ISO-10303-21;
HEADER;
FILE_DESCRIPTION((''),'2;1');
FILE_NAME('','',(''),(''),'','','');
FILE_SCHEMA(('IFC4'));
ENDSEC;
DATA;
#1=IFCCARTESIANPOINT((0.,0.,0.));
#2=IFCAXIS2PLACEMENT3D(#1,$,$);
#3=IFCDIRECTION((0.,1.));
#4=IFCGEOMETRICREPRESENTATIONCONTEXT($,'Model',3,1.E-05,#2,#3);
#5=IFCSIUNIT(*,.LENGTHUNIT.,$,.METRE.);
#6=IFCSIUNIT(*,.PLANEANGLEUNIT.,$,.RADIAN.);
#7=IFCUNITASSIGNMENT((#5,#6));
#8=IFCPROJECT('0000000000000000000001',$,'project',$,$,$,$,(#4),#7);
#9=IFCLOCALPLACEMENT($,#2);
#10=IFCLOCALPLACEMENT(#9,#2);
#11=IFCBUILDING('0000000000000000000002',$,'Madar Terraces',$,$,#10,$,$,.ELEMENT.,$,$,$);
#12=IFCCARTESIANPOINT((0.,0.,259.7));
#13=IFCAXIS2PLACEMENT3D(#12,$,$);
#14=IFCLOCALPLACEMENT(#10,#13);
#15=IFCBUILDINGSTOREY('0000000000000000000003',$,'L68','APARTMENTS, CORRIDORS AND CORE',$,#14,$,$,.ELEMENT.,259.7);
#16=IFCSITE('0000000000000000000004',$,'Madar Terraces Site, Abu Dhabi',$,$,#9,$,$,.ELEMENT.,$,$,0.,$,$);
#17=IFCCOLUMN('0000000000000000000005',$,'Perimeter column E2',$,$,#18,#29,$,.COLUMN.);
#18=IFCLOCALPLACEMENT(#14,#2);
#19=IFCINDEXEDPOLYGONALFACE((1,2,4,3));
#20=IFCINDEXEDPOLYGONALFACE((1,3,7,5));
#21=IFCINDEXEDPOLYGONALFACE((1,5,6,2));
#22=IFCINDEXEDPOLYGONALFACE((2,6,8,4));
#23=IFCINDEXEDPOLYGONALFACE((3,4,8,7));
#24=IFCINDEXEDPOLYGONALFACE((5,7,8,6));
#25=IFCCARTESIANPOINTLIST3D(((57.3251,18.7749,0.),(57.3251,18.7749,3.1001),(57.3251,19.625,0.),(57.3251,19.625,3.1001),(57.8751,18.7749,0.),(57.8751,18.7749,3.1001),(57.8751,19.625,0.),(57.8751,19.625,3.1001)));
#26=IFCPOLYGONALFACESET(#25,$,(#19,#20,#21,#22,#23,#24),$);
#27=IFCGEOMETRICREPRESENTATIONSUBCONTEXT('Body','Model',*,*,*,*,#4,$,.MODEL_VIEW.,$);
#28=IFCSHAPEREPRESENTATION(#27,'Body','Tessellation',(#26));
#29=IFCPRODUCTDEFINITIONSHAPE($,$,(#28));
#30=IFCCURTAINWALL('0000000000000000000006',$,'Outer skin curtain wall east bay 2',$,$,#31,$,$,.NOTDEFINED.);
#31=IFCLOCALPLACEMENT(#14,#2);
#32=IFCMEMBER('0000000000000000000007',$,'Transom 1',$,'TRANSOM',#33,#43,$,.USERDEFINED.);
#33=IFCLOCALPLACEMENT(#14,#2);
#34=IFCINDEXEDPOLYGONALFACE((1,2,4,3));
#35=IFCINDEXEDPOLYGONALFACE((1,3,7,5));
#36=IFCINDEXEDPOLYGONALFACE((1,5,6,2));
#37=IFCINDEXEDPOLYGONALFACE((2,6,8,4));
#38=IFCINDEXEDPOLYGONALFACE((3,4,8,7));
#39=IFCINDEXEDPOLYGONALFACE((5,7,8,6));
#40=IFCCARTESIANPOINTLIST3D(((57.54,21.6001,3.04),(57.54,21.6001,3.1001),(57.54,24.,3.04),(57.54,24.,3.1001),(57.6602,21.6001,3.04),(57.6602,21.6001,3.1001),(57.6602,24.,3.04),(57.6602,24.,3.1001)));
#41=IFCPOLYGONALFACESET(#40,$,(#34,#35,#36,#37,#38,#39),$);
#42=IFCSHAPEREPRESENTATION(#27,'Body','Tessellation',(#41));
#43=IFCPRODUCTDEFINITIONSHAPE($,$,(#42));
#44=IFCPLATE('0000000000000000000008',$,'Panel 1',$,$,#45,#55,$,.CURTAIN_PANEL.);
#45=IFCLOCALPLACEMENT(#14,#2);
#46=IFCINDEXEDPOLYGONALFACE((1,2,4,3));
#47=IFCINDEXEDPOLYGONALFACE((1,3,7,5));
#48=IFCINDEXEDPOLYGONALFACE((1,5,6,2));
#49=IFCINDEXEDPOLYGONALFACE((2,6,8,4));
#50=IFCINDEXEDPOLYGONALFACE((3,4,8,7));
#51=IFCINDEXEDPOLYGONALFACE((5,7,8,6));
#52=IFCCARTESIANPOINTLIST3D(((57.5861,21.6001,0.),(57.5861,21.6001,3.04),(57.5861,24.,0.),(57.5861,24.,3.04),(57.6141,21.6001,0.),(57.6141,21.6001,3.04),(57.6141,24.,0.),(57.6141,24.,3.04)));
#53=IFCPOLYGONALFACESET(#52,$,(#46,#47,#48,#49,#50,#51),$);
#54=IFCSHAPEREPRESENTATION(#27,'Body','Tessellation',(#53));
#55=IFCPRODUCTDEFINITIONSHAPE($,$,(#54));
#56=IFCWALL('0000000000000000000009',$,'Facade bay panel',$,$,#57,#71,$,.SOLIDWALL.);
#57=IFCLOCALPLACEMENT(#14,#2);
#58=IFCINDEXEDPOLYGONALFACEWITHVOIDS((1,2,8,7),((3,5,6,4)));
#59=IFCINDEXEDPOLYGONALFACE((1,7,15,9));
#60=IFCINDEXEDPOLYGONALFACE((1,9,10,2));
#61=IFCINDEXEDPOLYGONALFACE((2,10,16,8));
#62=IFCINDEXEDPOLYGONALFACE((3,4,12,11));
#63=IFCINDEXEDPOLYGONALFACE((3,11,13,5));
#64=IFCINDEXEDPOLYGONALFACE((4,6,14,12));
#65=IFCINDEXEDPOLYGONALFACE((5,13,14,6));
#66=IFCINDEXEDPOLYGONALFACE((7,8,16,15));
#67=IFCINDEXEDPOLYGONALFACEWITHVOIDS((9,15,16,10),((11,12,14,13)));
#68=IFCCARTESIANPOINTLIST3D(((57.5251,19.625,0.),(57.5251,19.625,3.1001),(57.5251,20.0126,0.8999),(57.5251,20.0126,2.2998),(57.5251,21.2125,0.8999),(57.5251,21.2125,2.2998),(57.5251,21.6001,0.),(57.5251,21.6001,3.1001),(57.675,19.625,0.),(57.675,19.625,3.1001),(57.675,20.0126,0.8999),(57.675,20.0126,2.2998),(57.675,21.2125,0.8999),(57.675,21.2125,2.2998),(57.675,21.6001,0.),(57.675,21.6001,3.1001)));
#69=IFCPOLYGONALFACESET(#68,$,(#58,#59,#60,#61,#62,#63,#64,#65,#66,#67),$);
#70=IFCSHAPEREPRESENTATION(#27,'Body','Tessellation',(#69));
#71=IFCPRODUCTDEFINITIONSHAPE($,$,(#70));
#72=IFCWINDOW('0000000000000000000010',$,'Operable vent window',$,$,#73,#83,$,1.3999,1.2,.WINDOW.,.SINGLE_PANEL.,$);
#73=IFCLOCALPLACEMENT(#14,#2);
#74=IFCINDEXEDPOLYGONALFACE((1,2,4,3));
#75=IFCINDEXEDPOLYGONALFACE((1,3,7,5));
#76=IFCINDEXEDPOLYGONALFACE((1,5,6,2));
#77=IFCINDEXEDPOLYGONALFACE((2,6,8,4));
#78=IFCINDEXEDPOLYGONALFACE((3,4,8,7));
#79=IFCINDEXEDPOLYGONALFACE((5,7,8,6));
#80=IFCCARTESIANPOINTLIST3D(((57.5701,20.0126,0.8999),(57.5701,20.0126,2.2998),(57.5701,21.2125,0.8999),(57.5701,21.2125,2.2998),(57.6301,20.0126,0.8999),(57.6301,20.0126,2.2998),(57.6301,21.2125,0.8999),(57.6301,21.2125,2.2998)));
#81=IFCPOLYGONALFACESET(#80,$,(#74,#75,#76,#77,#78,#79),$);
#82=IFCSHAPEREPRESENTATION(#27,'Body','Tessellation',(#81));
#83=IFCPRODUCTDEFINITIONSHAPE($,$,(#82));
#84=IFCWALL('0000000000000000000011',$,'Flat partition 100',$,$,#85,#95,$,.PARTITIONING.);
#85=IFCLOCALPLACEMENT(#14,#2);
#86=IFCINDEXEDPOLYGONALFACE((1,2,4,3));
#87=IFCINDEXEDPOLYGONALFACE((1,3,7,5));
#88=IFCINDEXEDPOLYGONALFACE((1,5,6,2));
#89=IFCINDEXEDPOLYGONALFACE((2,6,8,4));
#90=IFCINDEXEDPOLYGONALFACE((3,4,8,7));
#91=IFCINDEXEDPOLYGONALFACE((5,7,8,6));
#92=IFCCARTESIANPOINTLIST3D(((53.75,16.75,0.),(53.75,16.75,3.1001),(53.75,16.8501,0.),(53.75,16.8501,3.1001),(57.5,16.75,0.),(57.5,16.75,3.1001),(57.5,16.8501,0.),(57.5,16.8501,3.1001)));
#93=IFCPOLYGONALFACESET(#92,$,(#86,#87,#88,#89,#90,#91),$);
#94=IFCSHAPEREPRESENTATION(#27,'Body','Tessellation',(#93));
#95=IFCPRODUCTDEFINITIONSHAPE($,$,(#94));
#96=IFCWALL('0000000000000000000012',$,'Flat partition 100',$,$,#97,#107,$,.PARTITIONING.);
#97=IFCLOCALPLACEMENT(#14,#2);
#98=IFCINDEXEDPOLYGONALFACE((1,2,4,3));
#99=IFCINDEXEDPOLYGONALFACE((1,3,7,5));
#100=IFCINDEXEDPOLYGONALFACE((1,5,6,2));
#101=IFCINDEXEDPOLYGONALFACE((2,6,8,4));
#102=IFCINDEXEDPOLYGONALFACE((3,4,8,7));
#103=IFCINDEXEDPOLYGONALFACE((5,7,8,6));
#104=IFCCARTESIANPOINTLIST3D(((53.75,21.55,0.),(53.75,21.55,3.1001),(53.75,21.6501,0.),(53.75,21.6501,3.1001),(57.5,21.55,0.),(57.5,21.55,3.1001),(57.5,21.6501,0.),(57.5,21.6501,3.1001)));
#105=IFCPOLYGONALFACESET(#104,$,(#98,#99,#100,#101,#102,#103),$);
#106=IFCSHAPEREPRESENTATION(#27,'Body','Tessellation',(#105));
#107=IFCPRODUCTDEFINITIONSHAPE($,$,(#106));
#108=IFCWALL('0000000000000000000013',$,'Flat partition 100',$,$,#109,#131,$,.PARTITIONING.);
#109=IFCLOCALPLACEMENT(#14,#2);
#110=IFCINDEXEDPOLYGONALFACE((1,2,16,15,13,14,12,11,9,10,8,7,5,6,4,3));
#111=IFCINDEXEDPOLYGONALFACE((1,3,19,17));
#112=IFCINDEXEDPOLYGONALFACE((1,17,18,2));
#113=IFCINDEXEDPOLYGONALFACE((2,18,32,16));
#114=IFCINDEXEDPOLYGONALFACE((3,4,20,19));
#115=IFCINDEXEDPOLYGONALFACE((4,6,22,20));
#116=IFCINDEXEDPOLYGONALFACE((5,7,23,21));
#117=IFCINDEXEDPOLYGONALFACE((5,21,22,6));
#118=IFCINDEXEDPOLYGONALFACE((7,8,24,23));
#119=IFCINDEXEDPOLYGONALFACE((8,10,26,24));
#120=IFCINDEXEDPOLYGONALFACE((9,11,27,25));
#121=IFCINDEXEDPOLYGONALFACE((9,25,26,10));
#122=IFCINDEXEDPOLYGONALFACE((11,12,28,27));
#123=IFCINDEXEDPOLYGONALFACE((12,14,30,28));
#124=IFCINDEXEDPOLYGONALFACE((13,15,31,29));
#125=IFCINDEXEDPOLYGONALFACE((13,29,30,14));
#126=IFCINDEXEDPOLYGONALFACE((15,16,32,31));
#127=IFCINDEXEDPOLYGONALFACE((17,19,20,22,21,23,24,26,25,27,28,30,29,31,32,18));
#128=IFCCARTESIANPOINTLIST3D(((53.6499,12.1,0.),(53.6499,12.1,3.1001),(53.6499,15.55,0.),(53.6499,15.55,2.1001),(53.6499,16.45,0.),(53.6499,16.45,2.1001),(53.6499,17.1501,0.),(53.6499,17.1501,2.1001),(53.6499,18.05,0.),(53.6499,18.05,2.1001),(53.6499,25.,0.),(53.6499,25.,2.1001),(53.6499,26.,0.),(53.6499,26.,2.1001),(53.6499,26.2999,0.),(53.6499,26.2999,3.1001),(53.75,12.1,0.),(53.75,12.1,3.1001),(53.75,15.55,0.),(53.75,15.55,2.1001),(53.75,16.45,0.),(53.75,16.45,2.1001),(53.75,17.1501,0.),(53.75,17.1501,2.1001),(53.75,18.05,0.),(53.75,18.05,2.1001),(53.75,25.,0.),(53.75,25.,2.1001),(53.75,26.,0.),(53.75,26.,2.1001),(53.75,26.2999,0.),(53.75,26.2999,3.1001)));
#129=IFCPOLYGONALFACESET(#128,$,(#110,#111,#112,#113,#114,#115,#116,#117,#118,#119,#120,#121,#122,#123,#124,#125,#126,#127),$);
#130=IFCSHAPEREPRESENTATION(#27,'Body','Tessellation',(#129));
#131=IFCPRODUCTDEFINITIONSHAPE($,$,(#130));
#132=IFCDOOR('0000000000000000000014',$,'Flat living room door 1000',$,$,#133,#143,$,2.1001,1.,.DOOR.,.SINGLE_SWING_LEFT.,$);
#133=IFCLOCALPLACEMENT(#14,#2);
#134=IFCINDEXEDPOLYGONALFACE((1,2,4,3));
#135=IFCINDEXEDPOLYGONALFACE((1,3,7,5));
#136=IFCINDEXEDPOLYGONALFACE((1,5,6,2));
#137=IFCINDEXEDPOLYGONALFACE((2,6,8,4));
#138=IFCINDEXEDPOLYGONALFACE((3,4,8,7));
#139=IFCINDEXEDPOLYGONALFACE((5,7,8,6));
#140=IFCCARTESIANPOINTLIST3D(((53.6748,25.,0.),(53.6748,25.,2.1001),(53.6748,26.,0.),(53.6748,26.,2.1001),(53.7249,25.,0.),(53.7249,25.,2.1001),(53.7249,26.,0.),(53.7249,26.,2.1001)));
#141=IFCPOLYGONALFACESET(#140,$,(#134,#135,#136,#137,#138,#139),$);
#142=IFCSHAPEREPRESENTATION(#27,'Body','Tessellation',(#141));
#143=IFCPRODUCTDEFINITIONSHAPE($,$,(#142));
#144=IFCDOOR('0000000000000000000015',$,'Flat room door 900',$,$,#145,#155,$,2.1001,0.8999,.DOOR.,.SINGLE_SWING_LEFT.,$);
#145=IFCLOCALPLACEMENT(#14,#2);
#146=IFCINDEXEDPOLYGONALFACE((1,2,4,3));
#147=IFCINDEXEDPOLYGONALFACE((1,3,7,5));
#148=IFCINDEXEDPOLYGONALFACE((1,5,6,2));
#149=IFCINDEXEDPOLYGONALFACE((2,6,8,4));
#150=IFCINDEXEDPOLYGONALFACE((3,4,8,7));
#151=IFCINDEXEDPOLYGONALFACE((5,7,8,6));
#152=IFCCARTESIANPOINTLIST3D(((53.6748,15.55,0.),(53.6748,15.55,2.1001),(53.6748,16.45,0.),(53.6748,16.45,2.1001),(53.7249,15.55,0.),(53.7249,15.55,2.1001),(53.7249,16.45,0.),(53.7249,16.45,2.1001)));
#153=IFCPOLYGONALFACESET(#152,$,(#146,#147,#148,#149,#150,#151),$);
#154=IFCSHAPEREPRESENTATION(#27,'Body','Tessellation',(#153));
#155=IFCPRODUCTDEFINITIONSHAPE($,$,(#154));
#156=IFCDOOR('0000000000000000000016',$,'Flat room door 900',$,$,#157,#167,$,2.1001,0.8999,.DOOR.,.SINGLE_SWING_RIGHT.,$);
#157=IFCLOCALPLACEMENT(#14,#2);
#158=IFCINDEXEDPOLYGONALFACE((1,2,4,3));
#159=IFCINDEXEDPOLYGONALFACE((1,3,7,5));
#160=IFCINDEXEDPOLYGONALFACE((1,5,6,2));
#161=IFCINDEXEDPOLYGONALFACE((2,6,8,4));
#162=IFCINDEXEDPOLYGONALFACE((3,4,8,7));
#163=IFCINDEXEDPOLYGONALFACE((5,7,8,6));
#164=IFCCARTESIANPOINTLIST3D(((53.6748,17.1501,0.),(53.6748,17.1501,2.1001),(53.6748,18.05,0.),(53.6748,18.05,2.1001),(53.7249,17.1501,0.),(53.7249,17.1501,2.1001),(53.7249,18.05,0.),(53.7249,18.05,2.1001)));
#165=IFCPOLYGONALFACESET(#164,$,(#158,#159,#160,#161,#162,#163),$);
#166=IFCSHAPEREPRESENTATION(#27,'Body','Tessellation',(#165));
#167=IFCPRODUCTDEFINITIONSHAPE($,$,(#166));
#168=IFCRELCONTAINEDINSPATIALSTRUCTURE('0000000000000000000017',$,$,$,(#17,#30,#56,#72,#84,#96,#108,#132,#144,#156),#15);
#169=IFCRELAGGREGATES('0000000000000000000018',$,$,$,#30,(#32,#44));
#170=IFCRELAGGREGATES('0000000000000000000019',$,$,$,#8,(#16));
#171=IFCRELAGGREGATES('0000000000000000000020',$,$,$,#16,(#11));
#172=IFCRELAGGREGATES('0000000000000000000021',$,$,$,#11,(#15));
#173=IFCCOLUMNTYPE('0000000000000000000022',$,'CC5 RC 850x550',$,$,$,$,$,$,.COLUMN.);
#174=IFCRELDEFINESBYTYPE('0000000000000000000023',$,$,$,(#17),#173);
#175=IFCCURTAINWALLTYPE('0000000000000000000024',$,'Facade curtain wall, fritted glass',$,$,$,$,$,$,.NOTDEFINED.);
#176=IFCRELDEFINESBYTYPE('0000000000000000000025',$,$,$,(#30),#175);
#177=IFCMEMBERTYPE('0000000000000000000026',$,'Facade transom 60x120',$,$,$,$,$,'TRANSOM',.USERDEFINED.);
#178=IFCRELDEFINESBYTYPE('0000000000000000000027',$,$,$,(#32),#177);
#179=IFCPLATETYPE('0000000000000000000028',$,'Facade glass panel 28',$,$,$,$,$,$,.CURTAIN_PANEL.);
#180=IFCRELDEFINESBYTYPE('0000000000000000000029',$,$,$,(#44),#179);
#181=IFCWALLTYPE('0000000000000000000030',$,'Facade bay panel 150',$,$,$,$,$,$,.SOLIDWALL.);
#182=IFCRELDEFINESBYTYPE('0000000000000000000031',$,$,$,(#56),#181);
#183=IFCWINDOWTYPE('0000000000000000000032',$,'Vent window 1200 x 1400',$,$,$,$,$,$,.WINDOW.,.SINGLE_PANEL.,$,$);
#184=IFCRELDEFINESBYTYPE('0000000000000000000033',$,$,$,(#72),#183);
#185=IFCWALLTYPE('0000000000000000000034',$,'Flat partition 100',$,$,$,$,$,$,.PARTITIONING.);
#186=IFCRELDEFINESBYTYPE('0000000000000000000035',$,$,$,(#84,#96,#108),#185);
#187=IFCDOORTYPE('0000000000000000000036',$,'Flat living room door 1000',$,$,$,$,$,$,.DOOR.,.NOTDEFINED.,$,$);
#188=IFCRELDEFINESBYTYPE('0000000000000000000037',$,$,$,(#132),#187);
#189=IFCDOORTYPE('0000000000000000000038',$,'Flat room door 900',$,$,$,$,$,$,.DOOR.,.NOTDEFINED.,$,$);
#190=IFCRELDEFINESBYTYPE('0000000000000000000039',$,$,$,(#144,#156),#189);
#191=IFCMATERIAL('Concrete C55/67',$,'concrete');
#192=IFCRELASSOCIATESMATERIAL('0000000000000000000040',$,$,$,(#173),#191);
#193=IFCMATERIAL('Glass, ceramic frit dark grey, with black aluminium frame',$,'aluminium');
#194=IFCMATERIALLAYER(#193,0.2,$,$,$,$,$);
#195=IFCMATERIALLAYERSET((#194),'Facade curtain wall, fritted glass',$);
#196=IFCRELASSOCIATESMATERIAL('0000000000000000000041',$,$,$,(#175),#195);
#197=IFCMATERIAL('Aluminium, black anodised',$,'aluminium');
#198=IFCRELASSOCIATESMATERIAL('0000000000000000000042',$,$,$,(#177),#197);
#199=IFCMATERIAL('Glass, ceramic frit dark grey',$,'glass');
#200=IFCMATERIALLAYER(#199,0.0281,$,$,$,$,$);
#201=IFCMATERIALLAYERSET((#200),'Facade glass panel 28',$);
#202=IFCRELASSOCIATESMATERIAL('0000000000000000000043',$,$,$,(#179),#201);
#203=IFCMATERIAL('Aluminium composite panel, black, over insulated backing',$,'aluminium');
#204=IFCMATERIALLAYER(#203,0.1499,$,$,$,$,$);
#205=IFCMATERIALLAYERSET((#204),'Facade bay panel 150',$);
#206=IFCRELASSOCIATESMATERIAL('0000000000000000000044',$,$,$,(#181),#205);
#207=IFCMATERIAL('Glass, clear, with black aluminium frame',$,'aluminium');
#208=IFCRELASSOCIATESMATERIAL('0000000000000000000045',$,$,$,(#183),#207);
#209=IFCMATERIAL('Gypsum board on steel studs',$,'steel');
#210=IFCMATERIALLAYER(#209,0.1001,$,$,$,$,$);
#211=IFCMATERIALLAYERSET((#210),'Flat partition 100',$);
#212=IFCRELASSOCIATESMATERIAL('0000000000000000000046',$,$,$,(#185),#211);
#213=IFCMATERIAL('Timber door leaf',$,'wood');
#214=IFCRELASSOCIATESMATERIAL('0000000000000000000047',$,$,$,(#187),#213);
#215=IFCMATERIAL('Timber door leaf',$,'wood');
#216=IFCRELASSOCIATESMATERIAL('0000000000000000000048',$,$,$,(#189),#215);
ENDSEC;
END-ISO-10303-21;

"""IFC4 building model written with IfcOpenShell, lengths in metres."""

from ifc_helpers import new_model, si_unit, direction, frame, frame_2d, origin, origin_2d, place, context, subcontext, project, spatial, rectangle, extrude, material, layer, layer_set, material_profile, profile_set, type_object, element, fill, aggregate, save


model = new_model("IFC4")

# Units and contexts
model_context = context("Model", 3, precision=1e-05, world=origin(), true_north=direction((0.0, 1.0)))
body_context = subcontext(model_context, "Body", "Model", "MODEL_VIEW")
ifc_project = project(units=[si_unit("LENGTHUNIT", "METRE"), si_unit("PLANEANGLEUNIT", "RADIAN")], contexts=[model_context])

# Site, building, storey
site_placement = place(None, origin())
site = spatial("IfcSite", under=ifc_project, at=site_placement, Name="Madar Terraces Site, Abu Dhabi", CompositionType="ELEMENT", RefElevation=0.0)
building_placement = place(site_placement, origin())
building = spatial("IfcBuilding", under=site, at=building_placement, Name="Madar Terraces", CompositionType="ELEMENT")
storey_placement = place(building_placement, frame((0.0, 0.0, 259.7)))
storey = spatial("IfcBuildingStorey", under=building, at=storey_placement, Name="L68", Description="APARTMENTS, CORRIDORS AND CORE", CompositionType="ELEMENT", Elevation=259.7)

# Column
ifc_material_1 = material(Name="Concrete C55/67", Category="concrete")
ifc_material_profile_1 = material_profile(ifc_material_1, rectangle(XDim=0.8501, YDim=0.55, at=origin_2d()), Name="CC5 RC 850x550")
ifc_profile_set_1 = profile_set([ifc_material_profile_1], Name="Concrete C55/67")
column_type = type_object("IfcColumnType", Name="CC5 RC 850x550", PredefinedType="COLUMN", material=ifc_profile_set_1)
column_placement = place(storey_placement, frame((57.6001, 19.2, 0.0), z_axis=(0.0, 0.0, 1.0), x_axis=(0.0, 1.0, 0.0)))
element("IfcColumn", 1, at=column_placement, inside=storey, type_object=column_type, Name="Perimeter column E2", PredefinedType="COLUMN", context=body_context, shape_type="SweptSolid", body=[
    extrude(rectangle(XDim=0.8501, YDim=0.55, at=origin_2d()), origin(), (0.0, 0.0, 1.0), 3.1001),
])

# Curtain wall, member, plate
ifc_material_2 = material(Name="Glass, ceramic frit dark grey, with black aluminium frame", Category="aluminium")
ifc_layer_1 = layer(ifc_material_2, 0.2)
ifc_layer_set_1 = layer_set([ifc_layer_1], Name="Facade curtain wall, fritted glass")
curtain_wall_type = type_object("IfcCurtainWallType", Name="Facade curtain wall, fritted glass", PredefinedType="NOTDEFINED", material=ifc_layer_set_1)
curtain_wall_placement = place(storey_placement, origin())
curtain_wall = element("IfcCurtainWall", 2, at=curtain_wall_placement, inside=storey, type_object=curtain_wall_type, Name="Outer skin curtain wall east bay 2", PredefinedType="NOTDEFINED")
ifc_material_3 = material(Name="Aluminium, black anodised", Category="aluminium")
ifc_material_profile_2 = material_profile(ifc_material_3, rectangle(XDim=0.1201, YDim=0.0601, at=origin_2d()), Name="Facade transom 60x120")
ifc_profile_set_2 = profile_set([ifc_material_profile_2], Name="Aluminium, black anodised")
member_type = type_object("IfcMemberType", Name="Facade transom 60x120", ElementType="TRANSOM", PredefinedType="USERDEFINED", material=ifc_profile_set_2)
member_placement = place(storey_placement, frame((57.6001, 21.6001, 3.0701), z_axis=(0.0, 1.0, 0.0), x_axis=(-1.0, 0.0, 0.0)))
member = element("IfcMember", 3, at=member_placement, type_object=member_type, Name="Transom 1", ObjectType="TRANSOM", PredefinedType="USERDEFINED", context=body_context, shape_type="SweptSolid", body=[
    extrude(rectangle(XDim=0.1201, YDim=0.0601, at=origin_2d()), origin(), (0.0, 0.0, 1.0), 2.3999),
])
ifc_material_4 = material(Name="Glass, ceramic frit dark grey", Category="glass")
ifc_layer_2 = layer(ifc_material_4, 0.0281)
ifc_layer_set_2 = layer_set([ifc_layer_2], Name="Facade glass panel 28")
plate_type = type_object("IfcPlateType", Name="Facade glass panel 28", PredefinedType="CURTAIN_PANEL", material=ifc_layer_set_2)
plate_placement = place(storey_placement, frame((57.6001, 22.8, 0.0), z_axis=(0.0, 0.0, 1.0), x_axis=(0.0, 1.0, 0.0)))
plate = element("IfcPlate", 4, at=plate_placement, type_object=plate_type, Name="Panel 1", PredefinedType="CURTAIN_PANEL", context=body_context, shape_type="SweptSolid", body=[
    extrude(rectangle(XDim=2.3999, YDim=0.0281, at=origin_2d()), origin(), (0.0, 0.0, 1.0), 3.04),
])
aggregate(curtain_wall, [member, plate])

# Wall, opening, window
ifc_material_5 = material(Name="Aluminium composite panel, black, over insulated backing", Category="aluminium")
ifc_layer_3 = layer(ifc_material_5, 0.1499)
ifc_layer_set_3 = layer_set([ifc_layer_3], Name="Facade bay panel 150")
wall_type_1 = type_object("IfcWallType", Name="Facade bay panel 150", PredefinedType="SOLIDWALL", material=ifc_layer_set_3)
wall_1_placement = place(storey_placement, frame((57.6001, 19.625, 0.0), z_axis=(0.0, 0.0, 1.0), x_axis=(0.0, 1.0, 0.0)))
wall_1 = element("IfcWall", 5, at=wall_1_placement, inside=storey, type_object=wall_type_1, Name="Facade bay panel", PredefinedType="SOLIDWALL", context=body_context, shape_type="SweptSolid", body=[
    extrude(rectangle(XDim=1.9751, YDim=0.1499, at=frame_2d((0.9875, 0.0))), origin(), (0.0, 0.0, 1.0), 3.1001),
])
opening_1_placement = place(wall_1_placement, frame((0.3875, 0.0, 0.8999)))
opening_1 = element("IfcOpeningElement", 6, at=opening_1_placement, cuts=wall_1, PredefinedType="OPENING", context=body_context, shape_type="SweptSolid", body=[
    extrude(rectangle(XDim=1.2, YDim=1.3999, at=frame_2d((0.6001, 0.7))), frame((0.0, 0.085, 0.0), z_axis=(0.0, -1.0, 0.0), x_axis=(1.0, 0.0, 0.0)), (0.0, 0.0, 1.0), 0.1699),
])
ifc_material_6 = material(Name="Glass, clear, with black aluminium frame", Category="aluminium")
window_type = type_object("IfcWindowType", Name="Vent window 1200 x 1400", PartitioningType="SINGLE_PANEL", PredefinedType="WINDOW", material=ifc_material_6)
window_placement = place(opening_1_placement, origin())
window = element("IfcWindow", 7, at=window_placement, inside=storey, type_object=window_type, Name="Operable vent window", OverallHeight=1.3999, OverallWidth=1.2, PartitioningType="SINGLE_PANEL", PredefinedType="WINDOW", context=body_context, shape_type="SweptSolid", body=[
    extrude(rectangle(XDim=1.2, YDim=1.3999, at=frame_2d((0.6001, 0.7))), frame((0.0, 0.03, 0.0), z_axis=(0.0, -1.0, 0.0), x_axis=(1.0, 0.0, 0.0)), (0.0, 0.0, 1.0), 0.0601),
])
fill(opening_1, window)

# Walls
ifc_material_7 = material(Name="Gypsum board on steel studs", Category="steel")
ifc_layer_4 = layer(ifc_material_7, 0.1001)
ifc_layer_set_4 = layer_set([ifc_layer_4], Name="Flat partition 100")
wall_type_2 = type_object("IfcWallType", Name="Flat partition 100", PredefinedType="PARTITIONING", material=ifc_layer_set_4)
for number, where, z_axis, x_axis, name in (
    (8, (53.75, 16.8, 0.0), (0.0, 0.0, 1.0), (1.0, 0.0, 0.0), "Flat partition 100"),
    (9, (53.75, 21.6001, 0.0), (0.0, 0.0, 1.0), (1.0, 0.0, 0.0), "Flat partition 100"),
):
    element("IfcWall", number, at=place(storey_placement, frame(where, z_axis=z_axis, x_axis=x_axis)), inside=storey, type_object=wall_type_2, Name=name, PredefinedType="PARTITIONING", context=body_context, shape_type="SweptSolid", body=[
        extrude(rectangle(XDim=3.75, YDim=0.1001, at=frame_2d((1.875, 0.0))), origin(), (0.0, 0.0, 1.0), 3.1001),
    ])

# Wall, openings, doors
wall_2_placement = place(storey_placement, frame((53.7, 26.3, 0.0), z_axis=(0.0, 0.0, 1.0), x_axis=(0.0, -1.0, 0.0)))
wall_2 = element("IfcWall", 10, at=wall_2_placement, inside=storey, type_object=wall_type_2, Name="Flat partition 100", PredefinedType="PARTITIONING", context=body_context, shape_type="SweptSolid", body=[
    extrude(rectangle(XDim=14.2, YDim=0.1001, at=frame_2d((7.1001, 0.0))), origin(), (0.0, 0.0, 1.0), 3.1001),
])
opening_2_placement = place(wall_2_placement, frame((9.8501, 0.0, 0.0)))
opening_2 = element("IfcOpeningElement", 11, at=opening_2_placement, cuts=wall_2, PredefinedType="OPENING", context=body_context, shape_type="SweptSolid", body=[
    extrude(rectangle(XDim=0.8999, YDim=2.1001, at=frame_2d((0.45, 1.05))), frame((0.0, 0.0601, 0.0), z_axis=(0.0, -1.0, 0.0), x_axis=(1.0, 0.0, 0.0)), (0.0, 0.0, 1.0), 0.1201),
])
opening_3_placement = place(wall_2_placement, frame((8.25, 0.0, 0.0)))
opening_3 = element("IfcOpeningElement", 12, at=opening_3_placement, cuts=wall_2, PredefinedType="OPENING", context=body_context, shape_type="SweptSolid", body=[
    extrude(rectangle(XDim=0.8999, YDim=2.1001, at=frame_2d((0.45, 1.05))), frame((0.0, 0.0601, 0.0), z_axis=(0.0, -1.0, 0.0), x_axis=(1.0, 0.0, 0.0)), (0.0, 0.0, 1.0), 0.1201),
])
opening_4_placement = place(wall_2_placement, frame((0.3, 0.0, 0.0)))
opening_4 = element("IfcOpeningElement", 13, at=opening_4_placement, cuts=wall_2, PredefinedType="OPENING", context=body_context, shape_type="SweptSolid", body=[
    extrude(rectangle(XDim=1.0, YDim=2.1001, at=frame_2d((0.5, 1.05))), frame((0.0, 0.0601, 0.0), z_axis=(0.0, -1.0, 0.0), x_axis=(1.0, 0.0, 0.0)), (0.0, 0.0, 1.0), 0.1201),
])
ifc_material_8 = material(Name="Timber door leaf", Category="wood")
door_type_1 = type_object("IfcDoorType", Name="Flat living room door 1000", OperationType="NOTDEFINED", PredefinedType="DOOR", material=ifc_material_8)
door_1_placement = place(opening_4_placement, origin())
door_1 = element("IfcDoor", 14, at=door_1_placement, inside=storey, type_object=door_type_1, Name="Flat living room door 1000", OperationType="SINGLE_SWING_LEFT", OverallHeight=2.1001, OverallWidth=1.0, PredefinedType="DOOR", context=body_context, shape_type="SweptSolid", body=[
    extrude(rectangle(XDim=1.0, YDim=2.1001, at=frame_2d((0.5, 1.05))), frame((0.0, 0.0249, 0.0), z_axis=(0.0, -1.0, 0.0), x_axis=(1.0, 0.0, 0.0)), (0.0, 0.0, 1.0), 0.05),
])
fill(opening_4, door_1)
ifc_material_9 = material(Name="Timber door leaf", Category="wood")
door_type_2 = type_object("IfcDoorType", Name="Flat room door 900", OperationType="NOTDEFINED", PredefinedType="DOOR", material=ifc_material_9)
door_2_placement = place(opening_2_placement, origin())
door_2 = element("IfcDoor", 15, at=door_2_placement, inside=storey, type_object=door_type_2, Name="Flat room door 900", OperationType="SINGLE_SWING_LEFT", OverallHeight=2.1001, OverallWidth=0.8999, PredefinedType="DOOR", context=body_context, shape_type="SweptSolid", body=[
    extrude(rectangle(XDim=0.8999, YDim=2.1001, at=frame_2d((0.45, 1.05))), frame((0.0, 0.0249, 0.0), z_axis=(0.0, -1.0, 0.0), x_axis=(1.0, 0.0, 0.0)), (0.0, 0.0, 1.0), 0.05),
])
fill(opening_2, door_2)
door_3_placement = place(opening_3_placement, origin())
door_3 = element("IfcDoor", 16, at=door_3_placement, inside=storey, type_object=door_type_2, Name="Flat room door 900", OperationType="SINGLE_SWING_RIGHT", OverallHeight=2.1001, OverallWidth=0.8999, PredefinedType="DOOR", context=body_context, shape_type="SweptSolid", body=[
    extrude(rectangle(XDim=0.8999, YDim=2.1001, at=frame_2d((0.45, 1.05))), frame((0.0, 0.0249, 0.0), z_axis=(0.0, -1.0, 0.0), x_axis=(1.0, 0.0, 0.0)), (0.0, 0.0, 1.0), 0.05),
])
fill(opening_3, door_3)

save(model, "model.ifc")
